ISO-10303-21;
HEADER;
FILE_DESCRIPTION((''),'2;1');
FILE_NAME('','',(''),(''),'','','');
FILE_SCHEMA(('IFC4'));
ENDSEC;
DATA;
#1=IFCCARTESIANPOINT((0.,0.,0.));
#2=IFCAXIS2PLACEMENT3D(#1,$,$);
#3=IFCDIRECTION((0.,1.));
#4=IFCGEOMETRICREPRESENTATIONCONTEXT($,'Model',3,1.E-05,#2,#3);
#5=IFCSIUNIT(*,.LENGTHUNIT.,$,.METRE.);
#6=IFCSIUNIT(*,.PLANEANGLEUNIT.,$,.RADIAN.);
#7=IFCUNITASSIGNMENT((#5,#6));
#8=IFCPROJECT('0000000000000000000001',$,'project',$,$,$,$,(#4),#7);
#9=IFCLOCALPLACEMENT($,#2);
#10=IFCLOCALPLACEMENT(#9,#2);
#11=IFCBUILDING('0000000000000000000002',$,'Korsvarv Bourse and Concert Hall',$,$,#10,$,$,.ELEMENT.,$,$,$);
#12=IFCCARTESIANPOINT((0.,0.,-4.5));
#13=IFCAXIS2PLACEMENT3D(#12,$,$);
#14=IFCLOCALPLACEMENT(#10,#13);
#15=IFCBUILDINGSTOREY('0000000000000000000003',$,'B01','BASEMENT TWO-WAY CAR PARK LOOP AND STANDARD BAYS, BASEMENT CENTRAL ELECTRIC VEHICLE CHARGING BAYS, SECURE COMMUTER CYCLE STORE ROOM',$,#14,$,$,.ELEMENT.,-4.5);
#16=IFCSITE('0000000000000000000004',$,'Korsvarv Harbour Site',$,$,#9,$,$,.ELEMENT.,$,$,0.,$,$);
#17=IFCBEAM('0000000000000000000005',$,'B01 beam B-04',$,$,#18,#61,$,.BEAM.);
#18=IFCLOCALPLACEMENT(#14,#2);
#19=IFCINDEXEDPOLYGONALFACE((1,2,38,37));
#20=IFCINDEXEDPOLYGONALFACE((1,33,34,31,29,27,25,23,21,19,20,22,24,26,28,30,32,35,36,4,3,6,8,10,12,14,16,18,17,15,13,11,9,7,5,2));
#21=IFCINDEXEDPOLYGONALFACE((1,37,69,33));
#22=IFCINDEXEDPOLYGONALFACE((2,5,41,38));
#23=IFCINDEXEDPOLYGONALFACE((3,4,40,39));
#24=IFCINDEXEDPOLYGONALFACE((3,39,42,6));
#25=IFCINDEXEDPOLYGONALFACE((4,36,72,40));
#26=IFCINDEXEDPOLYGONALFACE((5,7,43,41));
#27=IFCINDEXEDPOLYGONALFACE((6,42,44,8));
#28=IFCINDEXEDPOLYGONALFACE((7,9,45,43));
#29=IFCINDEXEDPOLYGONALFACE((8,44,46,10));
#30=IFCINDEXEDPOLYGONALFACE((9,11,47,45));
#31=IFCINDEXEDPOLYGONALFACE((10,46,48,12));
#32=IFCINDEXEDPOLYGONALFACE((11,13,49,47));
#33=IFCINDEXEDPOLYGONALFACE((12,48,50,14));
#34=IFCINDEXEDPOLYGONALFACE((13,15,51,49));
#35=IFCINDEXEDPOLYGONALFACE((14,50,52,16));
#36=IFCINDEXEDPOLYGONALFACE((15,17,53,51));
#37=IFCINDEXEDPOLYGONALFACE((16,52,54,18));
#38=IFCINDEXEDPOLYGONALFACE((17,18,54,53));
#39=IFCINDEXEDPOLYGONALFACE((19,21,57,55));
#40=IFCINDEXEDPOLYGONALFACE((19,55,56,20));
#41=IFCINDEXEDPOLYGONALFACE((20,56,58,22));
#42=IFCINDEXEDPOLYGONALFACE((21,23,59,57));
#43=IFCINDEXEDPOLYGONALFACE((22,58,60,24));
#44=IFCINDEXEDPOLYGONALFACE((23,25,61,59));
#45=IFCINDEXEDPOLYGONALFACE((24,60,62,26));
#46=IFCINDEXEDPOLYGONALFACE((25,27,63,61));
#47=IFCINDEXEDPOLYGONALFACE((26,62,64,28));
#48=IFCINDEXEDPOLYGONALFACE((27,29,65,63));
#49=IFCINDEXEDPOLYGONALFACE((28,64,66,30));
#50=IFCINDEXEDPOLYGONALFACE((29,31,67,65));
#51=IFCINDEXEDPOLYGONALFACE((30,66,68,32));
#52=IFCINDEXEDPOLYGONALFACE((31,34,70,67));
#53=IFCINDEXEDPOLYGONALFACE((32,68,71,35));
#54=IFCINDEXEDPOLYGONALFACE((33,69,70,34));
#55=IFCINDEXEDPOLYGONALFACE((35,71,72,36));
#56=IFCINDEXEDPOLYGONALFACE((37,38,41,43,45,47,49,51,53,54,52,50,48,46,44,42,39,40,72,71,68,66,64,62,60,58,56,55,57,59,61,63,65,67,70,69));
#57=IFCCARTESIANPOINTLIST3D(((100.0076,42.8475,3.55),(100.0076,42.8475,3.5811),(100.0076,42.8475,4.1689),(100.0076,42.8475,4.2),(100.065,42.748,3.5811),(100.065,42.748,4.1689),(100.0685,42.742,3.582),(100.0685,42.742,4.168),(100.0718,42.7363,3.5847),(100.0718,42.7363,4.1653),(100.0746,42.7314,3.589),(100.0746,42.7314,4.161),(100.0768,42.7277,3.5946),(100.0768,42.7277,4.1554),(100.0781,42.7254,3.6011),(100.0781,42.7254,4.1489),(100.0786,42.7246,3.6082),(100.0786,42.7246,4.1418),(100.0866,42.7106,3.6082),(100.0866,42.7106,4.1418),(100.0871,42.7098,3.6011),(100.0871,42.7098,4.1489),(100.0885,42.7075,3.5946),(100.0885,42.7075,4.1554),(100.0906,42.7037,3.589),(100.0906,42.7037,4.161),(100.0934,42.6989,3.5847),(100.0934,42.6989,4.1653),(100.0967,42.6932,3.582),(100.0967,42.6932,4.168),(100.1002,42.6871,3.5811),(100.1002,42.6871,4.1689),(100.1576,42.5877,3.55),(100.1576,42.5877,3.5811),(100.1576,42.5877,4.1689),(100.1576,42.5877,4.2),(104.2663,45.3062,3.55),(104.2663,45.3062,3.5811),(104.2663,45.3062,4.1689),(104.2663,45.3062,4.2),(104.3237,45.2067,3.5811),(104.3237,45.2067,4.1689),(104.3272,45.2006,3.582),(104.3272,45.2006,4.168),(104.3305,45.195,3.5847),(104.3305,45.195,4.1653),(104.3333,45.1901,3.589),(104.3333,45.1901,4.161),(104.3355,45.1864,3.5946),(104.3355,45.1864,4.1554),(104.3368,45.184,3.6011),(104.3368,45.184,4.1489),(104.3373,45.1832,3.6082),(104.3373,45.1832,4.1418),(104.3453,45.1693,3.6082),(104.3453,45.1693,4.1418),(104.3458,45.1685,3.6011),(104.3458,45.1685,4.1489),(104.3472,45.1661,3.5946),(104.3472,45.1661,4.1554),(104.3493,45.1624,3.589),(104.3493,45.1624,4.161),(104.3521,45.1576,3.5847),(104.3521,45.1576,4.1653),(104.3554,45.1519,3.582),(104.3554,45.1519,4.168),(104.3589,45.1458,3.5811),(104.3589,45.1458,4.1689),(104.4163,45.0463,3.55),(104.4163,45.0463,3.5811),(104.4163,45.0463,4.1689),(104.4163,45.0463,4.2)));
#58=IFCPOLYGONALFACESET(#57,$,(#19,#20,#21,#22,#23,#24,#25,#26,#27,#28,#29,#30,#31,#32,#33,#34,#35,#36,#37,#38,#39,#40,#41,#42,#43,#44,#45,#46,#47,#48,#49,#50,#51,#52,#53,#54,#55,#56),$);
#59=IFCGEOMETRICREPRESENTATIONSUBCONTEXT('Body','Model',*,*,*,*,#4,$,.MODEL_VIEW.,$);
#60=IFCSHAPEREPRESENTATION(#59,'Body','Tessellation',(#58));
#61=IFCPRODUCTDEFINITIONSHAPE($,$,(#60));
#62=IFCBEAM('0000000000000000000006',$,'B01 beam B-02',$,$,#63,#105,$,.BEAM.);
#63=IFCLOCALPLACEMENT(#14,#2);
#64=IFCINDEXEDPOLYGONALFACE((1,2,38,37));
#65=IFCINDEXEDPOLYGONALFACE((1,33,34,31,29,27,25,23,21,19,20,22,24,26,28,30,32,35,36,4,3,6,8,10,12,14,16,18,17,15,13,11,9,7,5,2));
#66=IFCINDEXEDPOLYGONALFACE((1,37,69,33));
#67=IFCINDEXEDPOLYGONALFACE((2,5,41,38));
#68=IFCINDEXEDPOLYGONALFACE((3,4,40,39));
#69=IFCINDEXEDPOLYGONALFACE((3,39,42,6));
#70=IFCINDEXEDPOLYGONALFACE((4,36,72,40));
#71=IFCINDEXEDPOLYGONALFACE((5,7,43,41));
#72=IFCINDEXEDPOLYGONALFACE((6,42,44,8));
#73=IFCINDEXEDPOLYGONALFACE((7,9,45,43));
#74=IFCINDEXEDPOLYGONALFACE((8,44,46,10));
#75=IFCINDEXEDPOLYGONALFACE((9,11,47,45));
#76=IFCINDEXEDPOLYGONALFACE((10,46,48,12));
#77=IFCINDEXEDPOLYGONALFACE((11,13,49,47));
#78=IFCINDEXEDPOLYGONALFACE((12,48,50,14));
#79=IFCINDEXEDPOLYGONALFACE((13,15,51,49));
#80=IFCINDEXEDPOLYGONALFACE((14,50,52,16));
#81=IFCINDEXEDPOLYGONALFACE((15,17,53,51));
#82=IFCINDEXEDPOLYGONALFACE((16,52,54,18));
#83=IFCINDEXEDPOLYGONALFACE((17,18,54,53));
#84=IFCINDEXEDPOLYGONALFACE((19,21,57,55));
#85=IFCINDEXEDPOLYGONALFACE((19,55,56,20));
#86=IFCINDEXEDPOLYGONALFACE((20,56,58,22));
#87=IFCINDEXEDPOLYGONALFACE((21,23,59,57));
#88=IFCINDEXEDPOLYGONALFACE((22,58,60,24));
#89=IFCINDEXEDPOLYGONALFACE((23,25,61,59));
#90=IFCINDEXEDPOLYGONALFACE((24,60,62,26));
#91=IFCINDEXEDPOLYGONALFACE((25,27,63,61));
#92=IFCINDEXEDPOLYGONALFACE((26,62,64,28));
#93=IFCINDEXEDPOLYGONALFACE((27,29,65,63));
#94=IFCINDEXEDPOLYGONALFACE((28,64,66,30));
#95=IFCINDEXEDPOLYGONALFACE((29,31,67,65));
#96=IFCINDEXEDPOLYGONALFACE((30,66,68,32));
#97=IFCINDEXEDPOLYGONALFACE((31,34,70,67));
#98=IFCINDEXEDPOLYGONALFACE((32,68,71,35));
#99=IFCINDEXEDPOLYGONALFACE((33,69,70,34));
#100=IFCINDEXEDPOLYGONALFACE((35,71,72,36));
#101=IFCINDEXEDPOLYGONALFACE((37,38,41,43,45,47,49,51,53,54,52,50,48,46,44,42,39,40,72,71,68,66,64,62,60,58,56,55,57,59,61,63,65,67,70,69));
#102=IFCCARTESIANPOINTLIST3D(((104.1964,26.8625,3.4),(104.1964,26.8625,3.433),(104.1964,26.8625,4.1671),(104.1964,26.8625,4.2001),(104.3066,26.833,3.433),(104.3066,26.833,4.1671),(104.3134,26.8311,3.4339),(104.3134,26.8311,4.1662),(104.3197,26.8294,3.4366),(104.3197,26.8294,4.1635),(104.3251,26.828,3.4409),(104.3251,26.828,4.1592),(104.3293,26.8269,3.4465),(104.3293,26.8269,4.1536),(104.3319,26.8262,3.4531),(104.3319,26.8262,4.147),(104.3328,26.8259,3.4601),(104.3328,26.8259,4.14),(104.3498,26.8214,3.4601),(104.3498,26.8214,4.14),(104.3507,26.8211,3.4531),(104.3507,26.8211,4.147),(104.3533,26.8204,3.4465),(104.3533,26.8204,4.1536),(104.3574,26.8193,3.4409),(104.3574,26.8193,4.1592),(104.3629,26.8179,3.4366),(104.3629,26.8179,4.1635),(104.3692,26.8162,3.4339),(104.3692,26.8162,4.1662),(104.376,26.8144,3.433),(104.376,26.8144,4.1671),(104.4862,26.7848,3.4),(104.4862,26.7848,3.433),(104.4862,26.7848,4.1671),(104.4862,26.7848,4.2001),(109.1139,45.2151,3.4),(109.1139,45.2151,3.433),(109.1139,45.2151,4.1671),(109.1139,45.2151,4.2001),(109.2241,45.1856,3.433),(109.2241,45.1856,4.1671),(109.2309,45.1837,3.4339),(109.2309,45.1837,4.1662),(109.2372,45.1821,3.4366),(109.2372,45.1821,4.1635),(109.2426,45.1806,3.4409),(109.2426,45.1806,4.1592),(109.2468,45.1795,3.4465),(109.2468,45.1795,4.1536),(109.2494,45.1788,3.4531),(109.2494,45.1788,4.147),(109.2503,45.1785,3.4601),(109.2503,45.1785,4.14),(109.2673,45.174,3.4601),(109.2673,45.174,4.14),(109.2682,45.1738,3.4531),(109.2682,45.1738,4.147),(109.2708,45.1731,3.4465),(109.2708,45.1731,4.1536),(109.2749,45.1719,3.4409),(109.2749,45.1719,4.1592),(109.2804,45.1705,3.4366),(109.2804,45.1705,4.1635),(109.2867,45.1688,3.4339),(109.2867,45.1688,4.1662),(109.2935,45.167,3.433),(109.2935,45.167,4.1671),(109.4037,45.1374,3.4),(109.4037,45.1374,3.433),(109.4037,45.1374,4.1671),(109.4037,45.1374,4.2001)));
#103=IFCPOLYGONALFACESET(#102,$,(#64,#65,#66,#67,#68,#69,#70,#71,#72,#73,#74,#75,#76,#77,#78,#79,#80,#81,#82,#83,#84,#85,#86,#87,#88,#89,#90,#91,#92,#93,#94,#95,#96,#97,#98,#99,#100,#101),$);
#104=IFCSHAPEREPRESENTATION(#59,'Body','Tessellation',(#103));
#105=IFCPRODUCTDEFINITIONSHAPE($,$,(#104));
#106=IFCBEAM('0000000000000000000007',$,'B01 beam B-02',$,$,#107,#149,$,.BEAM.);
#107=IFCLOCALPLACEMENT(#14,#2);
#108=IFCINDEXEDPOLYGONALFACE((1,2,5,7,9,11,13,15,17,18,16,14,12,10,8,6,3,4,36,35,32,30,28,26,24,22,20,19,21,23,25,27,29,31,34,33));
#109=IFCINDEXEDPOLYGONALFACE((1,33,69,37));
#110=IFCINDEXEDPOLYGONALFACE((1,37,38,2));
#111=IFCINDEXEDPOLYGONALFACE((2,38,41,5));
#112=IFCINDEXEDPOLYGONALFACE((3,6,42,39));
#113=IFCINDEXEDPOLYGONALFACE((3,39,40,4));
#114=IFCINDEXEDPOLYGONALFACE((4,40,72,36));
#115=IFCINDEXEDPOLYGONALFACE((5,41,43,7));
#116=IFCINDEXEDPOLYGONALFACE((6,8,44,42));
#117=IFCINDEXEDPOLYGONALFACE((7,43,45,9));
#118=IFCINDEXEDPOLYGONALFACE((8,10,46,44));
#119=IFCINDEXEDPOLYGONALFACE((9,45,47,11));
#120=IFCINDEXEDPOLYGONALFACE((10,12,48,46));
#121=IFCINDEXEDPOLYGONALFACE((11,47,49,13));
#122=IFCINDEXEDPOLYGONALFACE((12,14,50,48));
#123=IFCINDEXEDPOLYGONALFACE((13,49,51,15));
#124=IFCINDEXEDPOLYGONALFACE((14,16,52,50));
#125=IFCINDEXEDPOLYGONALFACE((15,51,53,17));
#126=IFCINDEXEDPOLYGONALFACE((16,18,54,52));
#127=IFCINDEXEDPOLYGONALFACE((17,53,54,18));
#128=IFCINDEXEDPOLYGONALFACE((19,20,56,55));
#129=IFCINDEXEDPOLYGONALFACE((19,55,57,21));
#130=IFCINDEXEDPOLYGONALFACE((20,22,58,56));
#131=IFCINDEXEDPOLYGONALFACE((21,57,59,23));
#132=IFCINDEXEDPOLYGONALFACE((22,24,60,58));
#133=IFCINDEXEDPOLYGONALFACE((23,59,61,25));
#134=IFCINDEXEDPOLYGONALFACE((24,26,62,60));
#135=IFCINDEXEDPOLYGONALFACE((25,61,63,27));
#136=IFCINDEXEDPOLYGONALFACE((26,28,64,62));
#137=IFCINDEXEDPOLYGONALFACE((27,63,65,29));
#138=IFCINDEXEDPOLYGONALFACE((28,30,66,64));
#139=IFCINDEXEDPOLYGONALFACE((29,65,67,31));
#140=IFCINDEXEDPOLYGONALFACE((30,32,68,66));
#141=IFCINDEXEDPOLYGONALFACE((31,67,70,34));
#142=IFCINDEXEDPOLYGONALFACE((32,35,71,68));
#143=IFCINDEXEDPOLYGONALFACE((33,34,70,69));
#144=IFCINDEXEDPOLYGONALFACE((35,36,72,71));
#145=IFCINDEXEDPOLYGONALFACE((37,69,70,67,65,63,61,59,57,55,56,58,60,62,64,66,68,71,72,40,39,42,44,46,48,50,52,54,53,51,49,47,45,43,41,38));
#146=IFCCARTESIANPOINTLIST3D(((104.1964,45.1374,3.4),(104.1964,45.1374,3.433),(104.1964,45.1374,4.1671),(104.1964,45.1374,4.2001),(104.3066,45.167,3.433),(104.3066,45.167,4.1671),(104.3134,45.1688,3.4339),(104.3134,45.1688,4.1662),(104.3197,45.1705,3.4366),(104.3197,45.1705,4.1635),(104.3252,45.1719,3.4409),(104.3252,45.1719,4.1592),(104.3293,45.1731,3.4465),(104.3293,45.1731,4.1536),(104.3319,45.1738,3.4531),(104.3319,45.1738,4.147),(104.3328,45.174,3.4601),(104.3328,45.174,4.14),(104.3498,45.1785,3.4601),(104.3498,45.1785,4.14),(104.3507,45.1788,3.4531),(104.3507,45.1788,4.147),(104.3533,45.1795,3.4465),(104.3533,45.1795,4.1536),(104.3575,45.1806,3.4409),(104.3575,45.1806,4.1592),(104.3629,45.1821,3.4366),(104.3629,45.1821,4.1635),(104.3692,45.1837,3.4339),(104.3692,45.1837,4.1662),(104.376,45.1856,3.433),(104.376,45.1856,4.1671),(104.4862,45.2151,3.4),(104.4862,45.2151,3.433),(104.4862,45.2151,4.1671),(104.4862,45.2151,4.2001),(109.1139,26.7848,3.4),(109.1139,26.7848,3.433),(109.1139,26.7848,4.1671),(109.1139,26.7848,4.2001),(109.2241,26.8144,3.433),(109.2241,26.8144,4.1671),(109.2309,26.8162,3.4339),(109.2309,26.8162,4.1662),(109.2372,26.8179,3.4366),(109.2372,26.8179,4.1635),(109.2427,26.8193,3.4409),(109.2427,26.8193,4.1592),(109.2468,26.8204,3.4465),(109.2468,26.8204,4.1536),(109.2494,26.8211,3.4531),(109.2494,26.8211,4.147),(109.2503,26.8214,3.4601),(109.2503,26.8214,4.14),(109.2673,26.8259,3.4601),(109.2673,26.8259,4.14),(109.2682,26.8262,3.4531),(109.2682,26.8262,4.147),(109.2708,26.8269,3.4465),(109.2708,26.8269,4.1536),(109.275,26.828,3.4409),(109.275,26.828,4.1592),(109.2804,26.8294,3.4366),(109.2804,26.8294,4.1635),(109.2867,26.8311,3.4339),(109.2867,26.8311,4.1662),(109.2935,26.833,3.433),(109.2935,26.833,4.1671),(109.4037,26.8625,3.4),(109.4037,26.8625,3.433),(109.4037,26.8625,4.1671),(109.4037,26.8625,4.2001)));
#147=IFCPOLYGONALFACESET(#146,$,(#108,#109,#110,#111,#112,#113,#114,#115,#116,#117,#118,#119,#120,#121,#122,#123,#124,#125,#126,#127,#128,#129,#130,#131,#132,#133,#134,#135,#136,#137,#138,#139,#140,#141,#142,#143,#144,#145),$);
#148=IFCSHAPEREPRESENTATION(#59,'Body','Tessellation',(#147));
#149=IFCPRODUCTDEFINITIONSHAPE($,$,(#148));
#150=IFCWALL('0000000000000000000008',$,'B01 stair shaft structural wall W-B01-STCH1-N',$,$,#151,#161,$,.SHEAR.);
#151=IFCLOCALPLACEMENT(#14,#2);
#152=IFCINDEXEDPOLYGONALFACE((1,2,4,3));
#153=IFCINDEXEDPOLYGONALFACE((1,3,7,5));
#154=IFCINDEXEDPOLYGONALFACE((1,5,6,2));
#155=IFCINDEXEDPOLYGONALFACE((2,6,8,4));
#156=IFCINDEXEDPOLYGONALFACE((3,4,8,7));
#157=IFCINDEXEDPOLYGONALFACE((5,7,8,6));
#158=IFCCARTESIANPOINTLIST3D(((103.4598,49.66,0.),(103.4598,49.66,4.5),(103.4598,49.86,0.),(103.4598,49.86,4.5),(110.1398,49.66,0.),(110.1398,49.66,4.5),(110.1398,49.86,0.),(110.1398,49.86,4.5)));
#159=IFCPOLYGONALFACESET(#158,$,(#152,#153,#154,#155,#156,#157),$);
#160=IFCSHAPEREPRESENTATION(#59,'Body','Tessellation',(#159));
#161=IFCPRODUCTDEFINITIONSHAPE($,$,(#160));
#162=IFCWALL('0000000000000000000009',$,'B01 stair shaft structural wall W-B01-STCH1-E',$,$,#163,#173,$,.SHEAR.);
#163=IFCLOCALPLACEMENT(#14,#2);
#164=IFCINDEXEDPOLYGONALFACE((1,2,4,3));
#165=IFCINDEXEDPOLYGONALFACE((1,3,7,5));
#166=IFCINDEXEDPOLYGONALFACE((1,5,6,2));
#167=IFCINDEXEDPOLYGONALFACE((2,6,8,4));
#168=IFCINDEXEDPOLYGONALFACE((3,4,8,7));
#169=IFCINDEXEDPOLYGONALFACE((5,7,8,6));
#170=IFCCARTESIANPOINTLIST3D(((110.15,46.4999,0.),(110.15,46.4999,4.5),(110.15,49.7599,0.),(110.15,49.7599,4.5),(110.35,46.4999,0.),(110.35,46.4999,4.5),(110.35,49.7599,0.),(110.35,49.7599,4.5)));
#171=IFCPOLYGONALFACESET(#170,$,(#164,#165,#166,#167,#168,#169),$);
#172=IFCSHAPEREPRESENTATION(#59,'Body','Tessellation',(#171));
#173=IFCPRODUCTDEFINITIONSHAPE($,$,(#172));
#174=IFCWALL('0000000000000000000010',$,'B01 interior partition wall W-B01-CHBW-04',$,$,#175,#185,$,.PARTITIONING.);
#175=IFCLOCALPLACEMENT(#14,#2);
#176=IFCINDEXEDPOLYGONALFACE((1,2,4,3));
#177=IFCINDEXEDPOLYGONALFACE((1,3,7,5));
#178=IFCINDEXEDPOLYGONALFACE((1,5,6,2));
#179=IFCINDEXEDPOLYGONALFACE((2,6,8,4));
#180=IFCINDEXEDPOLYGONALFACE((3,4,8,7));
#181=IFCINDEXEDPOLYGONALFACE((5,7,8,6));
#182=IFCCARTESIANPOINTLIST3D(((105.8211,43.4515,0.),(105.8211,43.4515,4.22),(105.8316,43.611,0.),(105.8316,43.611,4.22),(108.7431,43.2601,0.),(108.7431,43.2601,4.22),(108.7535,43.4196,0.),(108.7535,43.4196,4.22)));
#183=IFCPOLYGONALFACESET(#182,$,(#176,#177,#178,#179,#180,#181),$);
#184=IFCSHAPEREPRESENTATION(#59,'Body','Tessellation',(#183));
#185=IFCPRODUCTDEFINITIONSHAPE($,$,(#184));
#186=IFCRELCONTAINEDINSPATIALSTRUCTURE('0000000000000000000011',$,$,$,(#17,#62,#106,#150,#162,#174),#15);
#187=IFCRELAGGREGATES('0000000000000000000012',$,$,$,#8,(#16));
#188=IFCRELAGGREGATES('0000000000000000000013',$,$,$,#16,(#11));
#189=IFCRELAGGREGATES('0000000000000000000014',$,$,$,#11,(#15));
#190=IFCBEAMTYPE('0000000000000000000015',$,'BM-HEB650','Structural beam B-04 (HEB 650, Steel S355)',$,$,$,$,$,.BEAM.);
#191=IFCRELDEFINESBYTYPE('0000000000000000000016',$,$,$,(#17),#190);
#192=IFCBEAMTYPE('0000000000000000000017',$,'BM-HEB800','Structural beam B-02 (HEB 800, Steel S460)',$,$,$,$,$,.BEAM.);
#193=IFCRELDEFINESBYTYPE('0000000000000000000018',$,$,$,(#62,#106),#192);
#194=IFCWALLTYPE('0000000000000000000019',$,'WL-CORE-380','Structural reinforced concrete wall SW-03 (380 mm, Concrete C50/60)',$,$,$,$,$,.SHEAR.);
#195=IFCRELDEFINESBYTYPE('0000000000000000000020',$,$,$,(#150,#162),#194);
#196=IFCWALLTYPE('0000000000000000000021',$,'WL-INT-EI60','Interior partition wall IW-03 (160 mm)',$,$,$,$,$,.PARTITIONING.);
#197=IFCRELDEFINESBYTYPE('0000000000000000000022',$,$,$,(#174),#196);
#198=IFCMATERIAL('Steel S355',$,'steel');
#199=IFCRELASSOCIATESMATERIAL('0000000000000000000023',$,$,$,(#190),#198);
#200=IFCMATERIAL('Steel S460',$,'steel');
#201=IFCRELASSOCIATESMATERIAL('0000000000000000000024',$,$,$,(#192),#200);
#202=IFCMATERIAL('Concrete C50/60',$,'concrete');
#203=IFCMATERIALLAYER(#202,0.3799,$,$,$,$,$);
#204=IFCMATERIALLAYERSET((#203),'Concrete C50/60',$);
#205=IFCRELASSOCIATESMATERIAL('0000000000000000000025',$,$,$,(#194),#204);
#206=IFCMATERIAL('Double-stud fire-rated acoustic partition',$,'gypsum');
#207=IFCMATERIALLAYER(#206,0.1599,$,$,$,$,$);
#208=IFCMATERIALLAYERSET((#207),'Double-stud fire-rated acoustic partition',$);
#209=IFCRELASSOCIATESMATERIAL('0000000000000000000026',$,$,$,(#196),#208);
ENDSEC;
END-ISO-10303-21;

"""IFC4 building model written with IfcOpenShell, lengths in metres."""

from ifc_helpers import new_model, si_unit, direction, frame, frame_2d, origin, origin_2d, place, context, subcontext, project, spatial, rectangle, i_section, extrude, source, transform, mapped, material, layer, layer_set, material_profile, profile_set, type_object, element, save


model = new_model("IFC4")

# Units and contexts
model_context = context("Model", 3, precision=1e-05, world=origin(), true_north=direction((0.0, 1.0)))
body_context = subcontext(model_context, "Body", "Model", "MODEL_VIEW")
ifc_project = project(units=[si_unit("LENGTHUNIT", "METRE"), si_unit("PLANEANGLEUNIT", "RADIAN")], contexts=[model_context])

# Site, building, storey
site_placement = place(None, origin())
site = spatial("IfcSite", under=ifc_project, at=site_placement, Name="Korsvarv Harbour Site", CompositionType="ELEMENT", RefElevation=0.0)
building_placement = place(site_placement, origin())
building = spatial("IfcBuilding", under=site, at=building_placement, Name="Korsvarv Bourse and Concert Hall", CompositionType="ELEMENT")
storey_placement = place(building_placement, frame((0.0, 0.0, -4.5)))
storey = spatial("IfcBuildingStorey", under=building, at=storey_placement, Name="B01", Description="BASEMENT TWO-WAY CAR PARK LOOP AND STANDARD BAYS, BASEMENT CENTRAL ELECTRIC VEHICLE CHARGING BAYS, SECURE COMMUTER CYCLE STORE ROOM", CompositionType="ELEMENT", Elevation=-4.5)

# Shared definitions
ifc_material_1 = material(Name="Concrete C50/60", Category="concrete")

# Beams
ifc_material_2 = material(Name="Steel S355", Category="steel")
ifc_material_profile_1 = material_profile(ifc_material_2, i_section(OverallWidth=0.3, OverallDepth=0.6499, WebThickness=0.0161, FlangeThickness=0.031, FilletRadius=0.0271, at=origin_2d()), Name="HEB 650")
ifc_profile_set_1 = profile_set([ifc_material_profile_1], Name="Steel S355")
beam_type_1 = type_object("IfcBeamType", Name="BM-HEB650", Description="Structural beam B-04 (HEB 650, Steel S355)", PredefinedType="BEAM", material=ifc_profile_set_1)
shared_shape_1 = source(origin(), body_context, "Body", "SweptSolid", [
    extrude(i_section(OverallWidth=0.3, OverallDepth=0.6499, WebThickness=0.0161, FlangeThickness=0.031, FilletRadius=0.0271, at=origin_2d()), origin(), (0.0, 0.0, 1.0), 4.9175),
])
for number, where, z_axis, x_axis, name in (
    (1, (104.3413, 45.1763, 3.875), (-0.866032, -0.499989, 0.0), (0.499989, -0.866032, 0.0), "B01 beam B-04"),
):
    element("IfcBeam", number, at=place(storey_placement, frame(where, z_axis=z_axis, x_axis=x_axis)), inside=storey, type_object=beam_type_1, Name=name, PredefinedType="BEAM", context=body_context, shape_type="MappedRepresentation", body=[
        mapped(shared_shape_1, transform((0.0, 0.0, 0.0), scale=1.0)),
    ])
ifc_material_3 = material(Name="Steel S460", Category="steel")
ifc_material_profile_2 = material_profile(ifc_material_3, i_section(OverallWidth=0.3, OverallDepth=0.8, WebThickness=0.0176, FlangeThickness=0.033, FilletRadius=0.0271, at=origin_2d()), Name="HEB 800")
ifc_profile_set_2 = profile_set([ifc_material_profile_2], Name="Steel S460")
beam_type_2 = type_object("IfcBeamType", Name="BM-HEB800", Description="Structural beam B-02 (HEB 800, Steel S460)", PredefinedType="BEAM", material=ifc_profile_set_2)
shared_shape_2 = source(origin(), body_context, "Body", "SweptSolid", [
    extrude(i_section(OverallWidth=0.3, OverallDepth=0.8, WebThickness=0.0176, FlangeThickness=0.033, FilletRadius=0.0271, at=origin_2d()), origin(), (0.0, 0.0, 1.0), 19.0),
])
for number, where, z_axis, x_axis, name in (
    (2, (109.2588, 45.1763, 3.8), (-0.258816, -0.965927, 0.0), (0.965927, -0.258816, 0.0), "B01 beam B-02"),
    (3, (104.3413, 45.1763, 3.8), (0.258816, -0.965927, 0.0), (0.965927, 0.258816, 0.0), "B01 beam B-02"),
):
    element("IfcBeam", number, at=place(storey_placement, frame(where, z_axis=z_axis, x_axis=x_axis)), inside=storey, type_object=beam_type_2, Name=name, PredefinedType="BEAM", context=body_context, shape_type="MappedRepresentation", body=[
        mapped(shared_shape_2, transform((0.0, 0.0, 0.0), scale=1.0)),
    ])

# Walls
ifc_layer_1 = layer(ifc_material_1, 0.3799)
ifc_layer_set_1 = layer_set([ifc_layer_1], Name="Concrete C50/60")
wall_type_1 = type_object("IfcWallType", Name="WL-CORE-380", Description="Structural reinforced concrete wall SW-03 (380 mm, Concrete C50/60)", PredefinedType="SHEAR", material=ifc_layer_set_1)
wall_1_placement = place(storey_placement, frame((103.46, 49.76, 0.0), z_axis=(0.0, 0.0, 1.0), x_axis=(1.0, 0.0, 0.0)))
element("IfcWall", 4, at=wall_1_placement, inside=storey, type_object=wall_type_1, Name="B01 stair shaft structural wall W-B01-STCH1-N", PredefinedType="SHEAR", context=body_context, shape_type="SweptSolid", body=[
    extrude(rectangle(XDim=6.6799, YDim=0.2, at=frame_2d((3.3398, 0.0))), origin(), (0.0, 0.0, 1.0), 4.5),
])
wall_2_placement = place(storey_placement, frame((110.25, 46.5, 0.0), z_axis=(0.0, 0.0, 1.0), x_axis=(0.0, 1.0, 0.0)))
element("IfcWall", 5, at=wall_2_placement, inside=storey, type_object=wall_type_1, Name="B01 stair shaft structural wall W-B01-STCH1-E", PredefinedType="SHEAR", context=body_context, shape_type="SweptSolid", body=[
    extrude(rectangle(XDim=3.26, YDim=0.2, at=frame_2d((1.6299, 0.0))), origin(), (0.0, 0.0, 1.0), 4.5),
])
ifc_material_4 = material(Name="Double-stud fire-rated acoustic partition", Category="gypsum")
ifc_layer_2 = layer(ifc_material_4, 0.1599)
ifc_layer_set_2 = layer_set([ifc_layer_2], Name="Double-stud fire-rated acoustic partition")
wall_type_2 = type_object("IfcWallType", Name="WL-INT-EI60", Description="Interior partition wall IW-03 (160 mm)", PredefinedType="PARTITIONING", material=ifc_layer_set_2)
for number, where, z_axis, x_axis, name in (
    (6, (108.7483, 43.3398, 0.0), (0.0, 0.0, 1.0), (-0.997861, 0.065368, 0.0), "B01 interior partition wall W-B01-CHBW-04"),
):
    element("IfcWall", number, at=place(storey_placement, frame(where, z_axis=z_axis, x_axis=x_axis)), inside=storey, type_object=wall_type_2, Name=name, PredefinedType="PARTITIONING", context=body_context, shape_type="SweptSolid", body=[
        extrude(rectangle(XDim=2.9282, YDim=0.1599, at=frame_2d((1.4641, 0.0))), origin(), (0.0, 0.0, 1.0), 4.22),
    ])

save(model, "model.ifc")
